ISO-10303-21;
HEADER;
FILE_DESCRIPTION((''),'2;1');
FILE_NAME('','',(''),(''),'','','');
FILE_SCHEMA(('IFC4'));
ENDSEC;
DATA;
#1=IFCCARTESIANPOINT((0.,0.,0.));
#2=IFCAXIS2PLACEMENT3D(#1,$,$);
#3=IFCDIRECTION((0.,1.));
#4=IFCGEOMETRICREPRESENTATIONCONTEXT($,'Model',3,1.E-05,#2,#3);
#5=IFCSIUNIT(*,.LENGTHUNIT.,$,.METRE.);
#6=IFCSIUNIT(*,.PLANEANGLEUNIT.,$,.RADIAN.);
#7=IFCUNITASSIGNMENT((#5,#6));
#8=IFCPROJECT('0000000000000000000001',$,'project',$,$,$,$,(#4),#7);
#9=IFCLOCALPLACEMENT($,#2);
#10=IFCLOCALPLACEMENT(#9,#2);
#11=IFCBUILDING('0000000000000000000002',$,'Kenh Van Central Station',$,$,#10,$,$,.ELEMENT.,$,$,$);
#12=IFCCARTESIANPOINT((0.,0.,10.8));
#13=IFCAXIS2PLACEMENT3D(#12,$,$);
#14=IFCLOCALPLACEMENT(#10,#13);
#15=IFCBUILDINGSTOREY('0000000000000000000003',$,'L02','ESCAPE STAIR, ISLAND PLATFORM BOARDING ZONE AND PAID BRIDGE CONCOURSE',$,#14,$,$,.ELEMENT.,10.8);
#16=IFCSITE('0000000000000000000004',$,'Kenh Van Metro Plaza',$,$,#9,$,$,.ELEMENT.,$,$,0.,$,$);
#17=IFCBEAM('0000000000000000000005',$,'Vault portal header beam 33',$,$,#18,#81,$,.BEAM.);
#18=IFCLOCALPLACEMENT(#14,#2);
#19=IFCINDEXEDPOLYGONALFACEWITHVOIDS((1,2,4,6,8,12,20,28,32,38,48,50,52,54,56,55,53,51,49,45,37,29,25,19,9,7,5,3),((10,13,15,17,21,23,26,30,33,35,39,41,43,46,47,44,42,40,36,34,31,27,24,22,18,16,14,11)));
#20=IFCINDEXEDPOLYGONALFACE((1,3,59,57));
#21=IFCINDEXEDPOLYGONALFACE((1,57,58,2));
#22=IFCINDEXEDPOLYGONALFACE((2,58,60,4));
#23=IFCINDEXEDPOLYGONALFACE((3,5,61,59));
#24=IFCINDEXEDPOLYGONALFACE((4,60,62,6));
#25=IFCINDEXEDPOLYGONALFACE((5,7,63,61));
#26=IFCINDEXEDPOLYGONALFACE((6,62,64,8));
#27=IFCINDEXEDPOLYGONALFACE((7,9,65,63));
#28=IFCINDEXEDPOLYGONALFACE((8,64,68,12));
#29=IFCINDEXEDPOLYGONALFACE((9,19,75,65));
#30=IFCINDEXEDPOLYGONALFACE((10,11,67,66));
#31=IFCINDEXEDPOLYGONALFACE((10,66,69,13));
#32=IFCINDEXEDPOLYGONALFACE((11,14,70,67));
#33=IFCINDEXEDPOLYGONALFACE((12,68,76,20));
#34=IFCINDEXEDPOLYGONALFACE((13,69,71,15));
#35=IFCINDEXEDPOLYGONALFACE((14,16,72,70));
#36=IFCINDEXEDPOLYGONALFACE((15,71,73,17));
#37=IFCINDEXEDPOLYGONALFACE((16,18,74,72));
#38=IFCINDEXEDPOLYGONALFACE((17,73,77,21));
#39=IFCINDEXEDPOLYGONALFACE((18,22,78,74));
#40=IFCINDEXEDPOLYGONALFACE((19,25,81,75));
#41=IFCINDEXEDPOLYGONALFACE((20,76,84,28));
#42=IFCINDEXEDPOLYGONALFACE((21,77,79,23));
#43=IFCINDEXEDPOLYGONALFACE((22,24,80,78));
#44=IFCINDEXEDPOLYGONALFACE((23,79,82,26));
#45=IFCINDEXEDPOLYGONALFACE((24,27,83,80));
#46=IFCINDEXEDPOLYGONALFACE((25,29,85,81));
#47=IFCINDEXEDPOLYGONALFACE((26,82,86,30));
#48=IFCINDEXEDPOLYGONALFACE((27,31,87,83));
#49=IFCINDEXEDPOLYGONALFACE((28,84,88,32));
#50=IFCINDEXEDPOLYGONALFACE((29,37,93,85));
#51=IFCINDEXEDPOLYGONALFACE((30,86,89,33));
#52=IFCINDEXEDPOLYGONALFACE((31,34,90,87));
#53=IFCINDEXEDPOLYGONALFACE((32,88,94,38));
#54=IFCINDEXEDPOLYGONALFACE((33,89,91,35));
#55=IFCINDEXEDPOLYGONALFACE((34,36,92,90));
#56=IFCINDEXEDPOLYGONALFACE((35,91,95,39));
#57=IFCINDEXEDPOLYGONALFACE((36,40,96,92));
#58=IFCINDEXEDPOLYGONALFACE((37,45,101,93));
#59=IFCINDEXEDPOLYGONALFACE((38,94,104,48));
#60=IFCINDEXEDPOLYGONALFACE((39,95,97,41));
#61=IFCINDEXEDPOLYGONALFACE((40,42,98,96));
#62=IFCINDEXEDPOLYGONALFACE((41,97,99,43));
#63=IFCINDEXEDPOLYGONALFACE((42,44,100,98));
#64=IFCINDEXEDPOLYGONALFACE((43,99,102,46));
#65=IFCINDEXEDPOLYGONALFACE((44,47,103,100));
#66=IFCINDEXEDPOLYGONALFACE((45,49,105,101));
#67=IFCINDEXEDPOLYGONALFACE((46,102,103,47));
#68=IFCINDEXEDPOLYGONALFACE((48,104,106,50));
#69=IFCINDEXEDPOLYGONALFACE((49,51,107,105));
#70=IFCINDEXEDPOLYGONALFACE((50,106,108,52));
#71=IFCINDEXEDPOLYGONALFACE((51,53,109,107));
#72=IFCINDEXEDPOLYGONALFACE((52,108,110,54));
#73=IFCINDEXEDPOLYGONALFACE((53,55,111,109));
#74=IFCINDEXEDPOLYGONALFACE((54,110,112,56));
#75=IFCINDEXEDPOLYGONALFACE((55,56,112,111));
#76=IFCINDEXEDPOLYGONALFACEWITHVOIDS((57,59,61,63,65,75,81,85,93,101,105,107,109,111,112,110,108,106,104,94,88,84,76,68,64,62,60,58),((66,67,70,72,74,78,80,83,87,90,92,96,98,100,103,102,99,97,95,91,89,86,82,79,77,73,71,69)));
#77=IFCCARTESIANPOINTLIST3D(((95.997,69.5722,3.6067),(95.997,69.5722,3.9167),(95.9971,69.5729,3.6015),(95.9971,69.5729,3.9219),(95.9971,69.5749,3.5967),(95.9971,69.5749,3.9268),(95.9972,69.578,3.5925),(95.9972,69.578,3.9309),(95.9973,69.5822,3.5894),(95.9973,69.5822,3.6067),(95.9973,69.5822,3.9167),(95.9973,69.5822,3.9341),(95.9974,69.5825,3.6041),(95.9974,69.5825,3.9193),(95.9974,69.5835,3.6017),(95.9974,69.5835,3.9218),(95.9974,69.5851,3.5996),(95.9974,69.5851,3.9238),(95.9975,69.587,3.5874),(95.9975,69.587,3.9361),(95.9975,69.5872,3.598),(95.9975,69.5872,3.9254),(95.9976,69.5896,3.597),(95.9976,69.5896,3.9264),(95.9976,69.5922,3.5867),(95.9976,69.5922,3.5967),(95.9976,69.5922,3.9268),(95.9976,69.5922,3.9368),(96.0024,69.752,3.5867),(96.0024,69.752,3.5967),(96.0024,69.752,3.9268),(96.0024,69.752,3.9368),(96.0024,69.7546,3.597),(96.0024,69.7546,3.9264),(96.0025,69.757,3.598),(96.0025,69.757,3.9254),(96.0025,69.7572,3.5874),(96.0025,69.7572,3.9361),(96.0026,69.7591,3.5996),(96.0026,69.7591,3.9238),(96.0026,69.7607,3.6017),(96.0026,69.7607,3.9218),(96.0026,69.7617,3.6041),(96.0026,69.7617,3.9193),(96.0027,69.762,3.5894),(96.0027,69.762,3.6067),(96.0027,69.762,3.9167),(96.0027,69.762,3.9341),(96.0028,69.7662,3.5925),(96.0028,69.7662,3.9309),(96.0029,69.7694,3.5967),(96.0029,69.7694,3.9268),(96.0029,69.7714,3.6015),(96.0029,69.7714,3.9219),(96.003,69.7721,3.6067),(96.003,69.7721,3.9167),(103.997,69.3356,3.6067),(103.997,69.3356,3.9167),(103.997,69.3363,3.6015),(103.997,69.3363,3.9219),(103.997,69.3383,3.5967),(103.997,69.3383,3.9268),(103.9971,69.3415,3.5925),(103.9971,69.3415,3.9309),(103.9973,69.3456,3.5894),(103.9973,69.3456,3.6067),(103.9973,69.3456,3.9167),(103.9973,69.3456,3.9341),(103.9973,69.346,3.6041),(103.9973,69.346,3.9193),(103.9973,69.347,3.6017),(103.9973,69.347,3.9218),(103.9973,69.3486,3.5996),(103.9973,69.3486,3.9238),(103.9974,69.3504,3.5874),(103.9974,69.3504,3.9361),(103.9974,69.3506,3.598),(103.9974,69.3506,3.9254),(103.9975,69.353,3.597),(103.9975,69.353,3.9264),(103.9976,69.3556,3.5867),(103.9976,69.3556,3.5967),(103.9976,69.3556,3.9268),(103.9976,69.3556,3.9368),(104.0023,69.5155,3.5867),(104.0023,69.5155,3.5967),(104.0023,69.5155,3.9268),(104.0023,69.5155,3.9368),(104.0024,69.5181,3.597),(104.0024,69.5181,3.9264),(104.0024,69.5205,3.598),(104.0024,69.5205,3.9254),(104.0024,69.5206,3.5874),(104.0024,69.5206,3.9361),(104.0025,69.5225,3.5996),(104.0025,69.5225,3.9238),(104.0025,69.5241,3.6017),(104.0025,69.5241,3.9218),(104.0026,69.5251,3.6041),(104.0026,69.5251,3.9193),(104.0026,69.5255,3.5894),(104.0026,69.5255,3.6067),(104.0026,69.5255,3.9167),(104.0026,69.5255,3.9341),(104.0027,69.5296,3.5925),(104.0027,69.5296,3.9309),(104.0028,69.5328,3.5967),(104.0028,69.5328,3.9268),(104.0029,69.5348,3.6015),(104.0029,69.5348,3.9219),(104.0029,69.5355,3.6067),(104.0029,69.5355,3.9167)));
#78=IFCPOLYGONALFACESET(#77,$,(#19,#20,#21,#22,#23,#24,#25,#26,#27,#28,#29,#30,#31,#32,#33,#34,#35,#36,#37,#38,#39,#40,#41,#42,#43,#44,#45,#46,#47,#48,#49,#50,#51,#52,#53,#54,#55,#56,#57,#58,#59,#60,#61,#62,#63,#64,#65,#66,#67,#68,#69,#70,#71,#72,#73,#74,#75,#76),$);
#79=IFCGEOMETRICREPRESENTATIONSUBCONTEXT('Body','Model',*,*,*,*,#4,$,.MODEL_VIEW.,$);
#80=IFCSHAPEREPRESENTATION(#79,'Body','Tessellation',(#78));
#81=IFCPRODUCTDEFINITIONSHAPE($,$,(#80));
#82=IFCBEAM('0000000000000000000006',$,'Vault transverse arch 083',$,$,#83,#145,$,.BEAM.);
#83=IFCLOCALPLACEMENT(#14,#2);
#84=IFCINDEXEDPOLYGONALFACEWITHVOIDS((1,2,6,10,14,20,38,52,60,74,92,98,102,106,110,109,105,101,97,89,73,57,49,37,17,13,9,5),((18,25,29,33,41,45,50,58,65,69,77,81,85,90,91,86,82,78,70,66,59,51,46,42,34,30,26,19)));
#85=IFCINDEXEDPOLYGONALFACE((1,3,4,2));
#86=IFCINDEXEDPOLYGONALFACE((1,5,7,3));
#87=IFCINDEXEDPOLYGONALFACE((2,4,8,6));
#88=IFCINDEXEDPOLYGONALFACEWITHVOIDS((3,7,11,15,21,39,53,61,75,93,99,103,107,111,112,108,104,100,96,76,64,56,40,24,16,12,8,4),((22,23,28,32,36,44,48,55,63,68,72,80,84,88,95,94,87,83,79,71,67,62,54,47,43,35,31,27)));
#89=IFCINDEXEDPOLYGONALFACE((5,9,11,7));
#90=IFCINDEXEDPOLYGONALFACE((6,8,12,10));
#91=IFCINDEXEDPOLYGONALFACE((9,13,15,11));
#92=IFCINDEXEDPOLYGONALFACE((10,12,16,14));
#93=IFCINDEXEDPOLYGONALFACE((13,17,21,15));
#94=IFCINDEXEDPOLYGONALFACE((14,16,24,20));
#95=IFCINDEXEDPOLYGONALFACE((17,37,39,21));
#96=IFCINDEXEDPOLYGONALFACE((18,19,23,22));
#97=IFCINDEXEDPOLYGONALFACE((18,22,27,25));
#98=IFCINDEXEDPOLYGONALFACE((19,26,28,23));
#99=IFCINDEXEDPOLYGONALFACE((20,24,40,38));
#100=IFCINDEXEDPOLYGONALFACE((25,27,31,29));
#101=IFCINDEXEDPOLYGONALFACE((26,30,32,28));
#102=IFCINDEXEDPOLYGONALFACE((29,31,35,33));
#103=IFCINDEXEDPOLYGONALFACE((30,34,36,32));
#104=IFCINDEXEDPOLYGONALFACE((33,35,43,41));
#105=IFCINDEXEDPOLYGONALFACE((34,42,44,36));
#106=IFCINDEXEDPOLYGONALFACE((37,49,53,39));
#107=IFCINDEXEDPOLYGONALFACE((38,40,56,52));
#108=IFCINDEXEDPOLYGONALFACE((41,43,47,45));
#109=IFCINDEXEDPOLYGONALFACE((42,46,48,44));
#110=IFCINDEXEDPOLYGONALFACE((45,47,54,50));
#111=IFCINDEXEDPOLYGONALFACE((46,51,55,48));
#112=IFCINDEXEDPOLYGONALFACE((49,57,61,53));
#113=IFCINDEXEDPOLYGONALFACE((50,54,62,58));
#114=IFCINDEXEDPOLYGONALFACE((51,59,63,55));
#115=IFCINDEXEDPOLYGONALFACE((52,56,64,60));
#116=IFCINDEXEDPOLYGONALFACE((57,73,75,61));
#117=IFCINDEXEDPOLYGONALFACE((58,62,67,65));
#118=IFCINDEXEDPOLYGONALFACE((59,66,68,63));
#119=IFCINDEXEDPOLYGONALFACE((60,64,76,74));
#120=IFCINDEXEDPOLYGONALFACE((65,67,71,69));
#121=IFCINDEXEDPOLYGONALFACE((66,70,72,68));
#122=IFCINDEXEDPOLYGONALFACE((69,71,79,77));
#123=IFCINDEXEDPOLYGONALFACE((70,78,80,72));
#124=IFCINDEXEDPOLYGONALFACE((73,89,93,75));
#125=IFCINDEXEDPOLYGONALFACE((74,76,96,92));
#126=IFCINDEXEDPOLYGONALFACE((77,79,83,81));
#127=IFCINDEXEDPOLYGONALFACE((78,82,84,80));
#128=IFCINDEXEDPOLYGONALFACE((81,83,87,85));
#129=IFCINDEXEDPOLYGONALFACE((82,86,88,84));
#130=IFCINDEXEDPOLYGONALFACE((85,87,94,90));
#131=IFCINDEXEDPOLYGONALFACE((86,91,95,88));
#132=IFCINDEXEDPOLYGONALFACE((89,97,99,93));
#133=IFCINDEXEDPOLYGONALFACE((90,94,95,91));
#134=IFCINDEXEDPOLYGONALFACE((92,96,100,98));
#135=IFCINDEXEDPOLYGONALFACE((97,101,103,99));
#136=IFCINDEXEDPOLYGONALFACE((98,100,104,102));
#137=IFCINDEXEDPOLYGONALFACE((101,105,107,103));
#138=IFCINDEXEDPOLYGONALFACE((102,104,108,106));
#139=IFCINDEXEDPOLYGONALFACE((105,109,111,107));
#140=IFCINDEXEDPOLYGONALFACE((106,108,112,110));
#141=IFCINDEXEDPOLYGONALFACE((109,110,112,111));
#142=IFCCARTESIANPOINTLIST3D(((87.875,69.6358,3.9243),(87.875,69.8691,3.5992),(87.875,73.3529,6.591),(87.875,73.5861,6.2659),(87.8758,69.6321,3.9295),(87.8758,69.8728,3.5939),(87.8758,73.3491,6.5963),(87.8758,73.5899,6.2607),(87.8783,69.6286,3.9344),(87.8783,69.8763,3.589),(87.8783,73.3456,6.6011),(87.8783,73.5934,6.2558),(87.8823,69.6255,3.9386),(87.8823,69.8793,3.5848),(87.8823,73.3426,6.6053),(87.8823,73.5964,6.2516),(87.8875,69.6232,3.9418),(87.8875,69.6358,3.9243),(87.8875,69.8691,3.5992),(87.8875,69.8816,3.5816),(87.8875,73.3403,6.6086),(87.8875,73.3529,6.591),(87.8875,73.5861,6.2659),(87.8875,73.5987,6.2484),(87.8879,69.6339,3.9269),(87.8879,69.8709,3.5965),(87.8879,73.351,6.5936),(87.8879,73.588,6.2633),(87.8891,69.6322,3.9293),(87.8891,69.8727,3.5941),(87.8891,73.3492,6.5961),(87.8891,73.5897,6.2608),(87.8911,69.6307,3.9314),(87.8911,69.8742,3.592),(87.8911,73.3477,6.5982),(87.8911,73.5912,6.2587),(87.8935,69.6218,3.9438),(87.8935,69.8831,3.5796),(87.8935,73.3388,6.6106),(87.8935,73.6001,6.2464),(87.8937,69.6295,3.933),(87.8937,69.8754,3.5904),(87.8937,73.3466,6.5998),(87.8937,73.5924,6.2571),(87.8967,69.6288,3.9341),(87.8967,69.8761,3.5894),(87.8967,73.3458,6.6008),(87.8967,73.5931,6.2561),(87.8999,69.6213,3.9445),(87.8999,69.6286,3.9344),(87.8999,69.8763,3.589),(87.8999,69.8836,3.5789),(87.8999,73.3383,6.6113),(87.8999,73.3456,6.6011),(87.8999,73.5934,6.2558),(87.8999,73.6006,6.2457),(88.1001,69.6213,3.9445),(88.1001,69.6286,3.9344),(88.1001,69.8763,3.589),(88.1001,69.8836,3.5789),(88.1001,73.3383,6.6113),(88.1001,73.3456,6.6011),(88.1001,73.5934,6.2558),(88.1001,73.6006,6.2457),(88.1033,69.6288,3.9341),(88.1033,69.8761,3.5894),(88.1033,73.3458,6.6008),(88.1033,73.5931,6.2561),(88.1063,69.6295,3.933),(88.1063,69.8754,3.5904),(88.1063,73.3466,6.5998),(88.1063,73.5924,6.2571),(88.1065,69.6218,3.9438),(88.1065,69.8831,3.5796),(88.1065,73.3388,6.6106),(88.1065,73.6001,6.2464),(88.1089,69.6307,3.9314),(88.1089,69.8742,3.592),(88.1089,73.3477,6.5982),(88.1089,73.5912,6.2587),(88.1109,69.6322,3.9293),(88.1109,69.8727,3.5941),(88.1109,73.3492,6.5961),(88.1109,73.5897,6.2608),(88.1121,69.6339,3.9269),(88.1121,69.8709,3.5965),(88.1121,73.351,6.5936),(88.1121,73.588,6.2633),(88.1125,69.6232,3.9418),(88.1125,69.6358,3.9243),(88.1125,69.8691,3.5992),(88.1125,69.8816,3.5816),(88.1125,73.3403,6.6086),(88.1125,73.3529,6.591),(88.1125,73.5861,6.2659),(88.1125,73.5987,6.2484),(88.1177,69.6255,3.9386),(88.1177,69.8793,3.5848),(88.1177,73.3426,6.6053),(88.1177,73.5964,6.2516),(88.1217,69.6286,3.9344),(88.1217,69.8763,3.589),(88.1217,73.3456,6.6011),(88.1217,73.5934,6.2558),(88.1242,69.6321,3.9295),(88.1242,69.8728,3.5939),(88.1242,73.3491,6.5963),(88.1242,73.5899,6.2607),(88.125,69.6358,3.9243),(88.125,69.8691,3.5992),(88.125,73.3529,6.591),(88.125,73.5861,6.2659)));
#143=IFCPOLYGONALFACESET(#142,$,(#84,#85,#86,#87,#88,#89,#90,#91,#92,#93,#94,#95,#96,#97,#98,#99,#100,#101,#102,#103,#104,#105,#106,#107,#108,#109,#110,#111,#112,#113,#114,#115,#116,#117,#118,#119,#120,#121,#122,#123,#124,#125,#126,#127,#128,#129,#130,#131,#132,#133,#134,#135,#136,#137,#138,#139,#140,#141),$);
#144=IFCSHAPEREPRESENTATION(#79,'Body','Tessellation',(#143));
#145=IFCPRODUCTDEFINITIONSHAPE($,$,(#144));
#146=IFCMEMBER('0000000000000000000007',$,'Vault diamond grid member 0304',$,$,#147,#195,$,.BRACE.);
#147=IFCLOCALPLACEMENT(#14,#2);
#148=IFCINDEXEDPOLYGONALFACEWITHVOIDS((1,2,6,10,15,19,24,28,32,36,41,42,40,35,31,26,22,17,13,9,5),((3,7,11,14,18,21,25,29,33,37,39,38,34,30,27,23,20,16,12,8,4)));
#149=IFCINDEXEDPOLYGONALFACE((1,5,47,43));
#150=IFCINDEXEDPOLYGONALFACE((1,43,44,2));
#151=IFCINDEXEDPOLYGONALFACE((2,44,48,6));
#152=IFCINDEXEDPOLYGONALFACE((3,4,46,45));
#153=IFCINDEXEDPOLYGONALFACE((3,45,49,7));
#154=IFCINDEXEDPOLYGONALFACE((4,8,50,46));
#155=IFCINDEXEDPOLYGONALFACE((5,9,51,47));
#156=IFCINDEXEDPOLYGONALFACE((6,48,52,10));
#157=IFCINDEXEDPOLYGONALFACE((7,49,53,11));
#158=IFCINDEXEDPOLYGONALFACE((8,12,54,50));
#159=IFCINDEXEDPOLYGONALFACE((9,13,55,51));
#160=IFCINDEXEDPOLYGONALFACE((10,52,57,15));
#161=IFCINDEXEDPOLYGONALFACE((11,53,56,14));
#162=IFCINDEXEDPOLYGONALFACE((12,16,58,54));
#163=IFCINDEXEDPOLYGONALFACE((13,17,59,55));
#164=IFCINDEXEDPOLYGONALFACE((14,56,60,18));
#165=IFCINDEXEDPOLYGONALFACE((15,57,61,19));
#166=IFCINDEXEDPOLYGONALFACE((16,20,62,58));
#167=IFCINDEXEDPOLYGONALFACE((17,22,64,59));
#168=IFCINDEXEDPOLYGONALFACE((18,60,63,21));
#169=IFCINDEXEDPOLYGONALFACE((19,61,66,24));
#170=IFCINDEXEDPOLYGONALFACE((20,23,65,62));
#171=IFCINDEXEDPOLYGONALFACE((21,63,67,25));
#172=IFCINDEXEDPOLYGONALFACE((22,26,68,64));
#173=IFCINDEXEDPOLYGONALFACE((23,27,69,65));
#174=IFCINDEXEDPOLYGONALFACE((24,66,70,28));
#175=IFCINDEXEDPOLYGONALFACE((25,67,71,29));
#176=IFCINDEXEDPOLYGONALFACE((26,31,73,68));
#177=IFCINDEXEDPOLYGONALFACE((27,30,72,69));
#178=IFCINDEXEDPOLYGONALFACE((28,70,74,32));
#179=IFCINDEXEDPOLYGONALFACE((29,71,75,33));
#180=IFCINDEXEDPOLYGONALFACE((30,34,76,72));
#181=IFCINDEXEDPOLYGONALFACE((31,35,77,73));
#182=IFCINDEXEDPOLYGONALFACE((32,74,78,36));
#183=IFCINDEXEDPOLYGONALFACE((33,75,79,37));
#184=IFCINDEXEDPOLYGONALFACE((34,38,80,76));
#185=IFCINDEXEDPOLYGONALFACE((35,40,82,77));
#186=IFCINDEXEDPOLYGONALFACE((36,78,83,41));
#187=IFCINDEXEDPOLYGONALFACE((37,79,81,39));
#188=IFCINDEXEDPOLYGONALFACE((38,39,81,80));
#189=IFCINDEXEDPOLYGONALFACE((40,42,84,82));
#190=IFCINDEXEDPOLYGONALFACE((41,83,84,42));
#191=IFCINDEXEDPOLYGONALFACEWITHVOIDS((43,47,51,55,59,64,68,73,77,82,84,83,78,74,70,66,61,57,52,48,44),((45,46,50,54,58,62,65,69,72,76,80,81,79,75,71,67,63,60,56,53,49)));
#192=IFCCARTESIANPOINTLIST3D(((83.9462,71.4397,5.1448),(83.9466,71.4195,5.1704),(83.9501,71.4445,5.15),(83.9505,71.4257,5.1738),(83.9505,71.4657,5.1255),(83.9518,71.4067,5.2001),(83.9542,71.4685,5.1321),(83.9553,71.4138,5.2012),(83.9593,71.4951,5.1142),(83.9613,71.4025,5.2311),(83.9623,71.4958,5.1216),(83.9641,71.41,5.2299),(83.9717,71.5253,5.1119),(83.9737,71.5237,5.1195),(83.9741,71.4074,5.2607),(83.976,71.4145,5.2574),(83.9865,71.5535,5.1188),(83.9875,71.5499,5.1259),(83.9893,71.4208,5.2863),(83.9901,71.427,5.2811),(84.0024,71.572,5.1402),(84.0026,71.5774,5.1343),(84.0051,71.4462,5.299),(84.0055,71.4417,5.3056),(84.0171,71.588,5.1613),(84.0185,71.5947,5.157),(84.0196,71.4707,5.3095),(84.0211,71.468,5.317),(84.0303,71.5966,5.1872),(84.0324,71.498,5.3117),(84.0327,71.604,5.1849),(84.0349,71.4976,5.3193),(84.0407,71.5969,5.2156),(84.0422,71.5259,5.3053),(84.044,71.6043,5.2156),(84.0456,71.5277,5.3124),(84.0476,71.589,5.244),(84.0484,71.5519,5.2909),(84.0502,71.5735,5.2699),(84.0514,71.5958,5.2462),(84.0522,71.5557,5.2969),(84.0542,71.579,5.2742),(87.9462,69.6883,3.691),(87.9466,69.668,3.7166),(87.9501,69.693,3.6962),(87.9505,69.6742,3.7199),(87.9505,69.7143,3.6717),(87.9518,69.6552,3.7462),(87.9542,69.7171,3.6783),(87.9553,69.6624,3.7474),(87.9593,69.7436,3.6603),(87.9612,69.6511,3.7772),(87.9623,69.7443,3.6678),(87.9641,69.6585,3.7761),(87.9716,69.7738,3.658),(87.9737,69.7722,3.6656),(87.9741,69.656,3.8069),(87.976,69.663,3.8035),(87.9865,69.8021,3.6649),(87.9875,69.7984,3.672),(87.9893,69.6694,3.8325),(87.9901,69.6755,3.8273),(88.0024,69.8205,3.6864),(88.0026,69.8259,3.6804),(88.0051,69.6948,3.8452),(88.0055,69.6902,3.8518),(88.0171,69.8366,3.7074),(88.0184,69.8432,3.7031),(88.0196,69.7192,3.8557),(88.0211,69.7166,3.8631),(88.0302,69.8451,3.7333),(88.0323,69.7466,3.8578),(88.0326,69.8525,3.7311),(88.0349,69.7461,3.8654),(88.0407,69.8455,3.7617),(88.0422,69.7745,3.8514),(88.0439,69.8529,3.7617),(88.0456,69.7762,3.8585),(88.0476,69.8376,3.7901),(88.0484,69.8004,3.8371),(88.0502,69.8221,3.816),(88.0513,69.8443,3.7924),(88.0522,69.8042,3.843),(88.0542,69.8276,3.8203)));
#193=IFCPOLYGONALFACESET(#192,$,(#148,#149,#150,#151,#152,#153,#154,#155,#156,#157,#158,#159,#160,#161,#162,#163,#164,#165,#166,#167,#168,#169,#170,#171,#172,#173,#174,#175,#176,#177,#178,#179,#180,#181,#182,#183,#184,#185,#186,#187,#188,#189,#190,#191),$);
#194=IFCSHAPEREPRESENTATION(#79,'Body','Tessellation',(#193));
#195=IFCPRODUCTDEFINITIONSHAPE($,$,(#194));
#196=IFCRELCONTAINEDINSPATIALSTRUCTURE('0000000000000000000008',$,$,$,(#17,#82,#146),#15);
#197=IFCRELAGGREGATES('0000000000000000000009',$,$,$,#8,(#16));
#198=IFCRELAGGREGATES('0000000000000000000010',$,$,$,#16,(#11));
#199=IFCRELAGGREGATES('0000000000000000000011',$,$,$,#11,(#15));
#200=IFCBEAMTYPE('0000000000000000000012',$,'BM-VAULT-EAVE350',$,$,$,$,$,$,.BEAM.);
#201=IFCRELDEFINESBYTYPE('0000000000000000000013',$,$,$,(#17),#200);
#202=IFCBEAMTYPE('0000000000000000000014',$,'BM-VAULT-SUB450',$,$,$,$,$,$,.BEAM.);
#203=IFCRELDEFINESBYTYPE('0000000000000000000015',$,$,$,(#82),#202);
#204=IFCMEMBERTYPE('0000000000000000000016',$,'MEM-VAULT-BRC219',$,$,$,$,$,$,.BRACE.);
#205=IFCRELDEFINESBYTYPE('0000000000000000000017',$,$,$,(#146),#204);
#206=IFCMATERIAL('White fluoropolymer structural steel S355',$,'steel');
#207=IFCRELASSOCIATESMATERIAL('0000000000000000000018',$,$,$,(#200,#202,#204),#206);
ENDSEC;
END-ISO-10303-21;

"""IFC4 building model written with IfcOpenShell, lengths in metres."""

from ifc_helpers import new_model, si_unit, direction, frame, origin, origin_2d, place, context, subcontext, project, spatial, hollow_rectangle, hollow_circle, extrude, material, material_profile, profile_set, type_object, element, save


model = new_model("IFC4")

# Units and contexts
model_context = context("Model", 3, precision=1e-05, world=origin(), true_north=direction((0.0, 1.0)))
body_context = subcontext(model_context, "Body", "Model", "MODEL_VIEW")
ifc_project = project(units=[si_unit("LENGTHUNIT", "METRE"), si_unit("PLANEANGLEUNIT", "RADIAN")], contexts=[model_context])

# Site, building, storey
site_placement = place(None, origin())
site = spatial("IfcSite", under=ifc_project, at=site_placement, Name="Kenh Van Metro Plaza", CompositionType="ELEMENT", RefElevation=0.0)
building_placement = place(site_placement, origin())
building = spatial("IfcBuilding", under=site, at=building_placement, Name="Kenh Van Central Station", CompositionType="ELEMENT")
storey_placement = place(building_placement, frame((0.0, 0.0, 10.8)))
storey = spatial("IfcBuildingStorey", under=building, at=storey_placement, Name="L02", Description="ESCAPE STAIR, ISLAND PLATFORM BOARDING ZONE AND PAID BRIDGE CONCOURSE", CompositionType="ELEMENT", Elevation=10.8)

# Beams
ifc_material_1 = material(Name="White fluoropolymer structural steel S355", Category="steel")
ifc_material_profile_1 = material_profile(ifc_material_1, hollow_rectangle(XDim=0.2, YDim=0.3501, WallThickness=0.01, InnerFilletRadius=0.01, OuterFilletRadius=0.02, at=origin_2d()), Name="RHS 350x200x10")
ifc_profile_set_1 = profile_set([ifc_material_profile_1], Name="White fluoropolymer structural steel S355")
beam_type_1 = type_object("IfcBeamType", Name="BM-VAULT-EAVE350", PredefinedType="BEAM", material=ifc_profile_set_1)
beam_1_placement = place(storey_placement, frame((96.0, 69.6721, 3.7617), z_axis=(0.999563, -0.029559, 0.0), x_axis=(0.029559, 0.999563, 0.0)))
element("IfcBeam", 1, at=beam_1_placement, inside=storey, type_object=beam_type_1, Name="Vault portal header beam 33", PredefinedType="BEAM", context=body_context, shape_type="SweptSolid", body=[
    extrude(hollow_rectangle(XDim=0.2, YDim=0.3501, WallThickness=0.01, InnerFilletRadius=0.01, OuterFilletRadius=0.02, at=origin_2d()), origin(), (0.0, 0.0, 1.0), 8.0034),
])
ifc_material_profile_2 = material_profile(ifc_material_1, hollow_rectangle(XDim=0.25, YDim=0.45, WallThickness=0.0125, InnerFilletRadius=0.0125, OuterFilletRadius=0.0249, at=origin_2d()), Name="RHS 450x250x12.5")
ifc_profile_set_2 = profile_set([ifc_material_profile_2], Name="White fluoropolymer structural steel S355")
beam_type_2 = type_object("IfcBeamType", Name="BM-VAULT-SUB450", PredefinedType="BEAM", material=ifc_profile_set_2)
beam_2_placement = place(storey_placement, frame((88.0, 69.7524, 3.7617), z_axis=(0.0, 0.81252, 0.582933), x_axis=(-1.0, 0.0, 0.0)))
element("IfcBeam", 2, at=beam_2_placement, inside=storey, type_object=beam_type_2, Name="Vault transverse arch 083", PredefinedType="BEAM", context=body_context, shape_type="SweptSolid", body=[
    extrude(hollow_rectangle(XDim=0.25, YDim=0.45, WallThickness=0.0125, InnerFilletRadius=0.0125, OuterFilletRadius=0.0249, at=origin_2d()), origin(), (0.0, 0.0, 1.0), 4.5747),
])

# Member
ifc_material_profile_3 = material_profile(ifc_material_1, hollow_circle(Radius=0.1096, WallThickness=0.0081, at=origin_2d()), Name="CHS 219.1x8")
ifc_profile_set_3 = profile_set([ifc_material_profile_3], Name="White fluoropolymer structural steel S355")
member_type_1 = type_object("IfcMemberType", Name="MEM-VAULT-BRC219", PredefinedType="BRACE", material=ifc_profile_set_3)
member_1_placement = place(storey_placement, frame((84.0, 71.5039, 5.2156), z_axis=(0.869127, -0.380561, -0.315897), x_axis=(0.4011, 0.916034, 0.0)))
element("IfcMember", 3, at=member_1_placement, inside=storey, type_object=member_type_1, Name="Vault diamond grid member 0304", PredefinedType="BRACE", context=body_context, shape_type="SweptSolid", body=[
    extrude(hollow_circle(Radius=0.1096, WallThickness=0.0081, at=origin_2d()), origin(), (0.0, 0.0, 1.0), 4.6023),
])

save(model, "model.ifc")
